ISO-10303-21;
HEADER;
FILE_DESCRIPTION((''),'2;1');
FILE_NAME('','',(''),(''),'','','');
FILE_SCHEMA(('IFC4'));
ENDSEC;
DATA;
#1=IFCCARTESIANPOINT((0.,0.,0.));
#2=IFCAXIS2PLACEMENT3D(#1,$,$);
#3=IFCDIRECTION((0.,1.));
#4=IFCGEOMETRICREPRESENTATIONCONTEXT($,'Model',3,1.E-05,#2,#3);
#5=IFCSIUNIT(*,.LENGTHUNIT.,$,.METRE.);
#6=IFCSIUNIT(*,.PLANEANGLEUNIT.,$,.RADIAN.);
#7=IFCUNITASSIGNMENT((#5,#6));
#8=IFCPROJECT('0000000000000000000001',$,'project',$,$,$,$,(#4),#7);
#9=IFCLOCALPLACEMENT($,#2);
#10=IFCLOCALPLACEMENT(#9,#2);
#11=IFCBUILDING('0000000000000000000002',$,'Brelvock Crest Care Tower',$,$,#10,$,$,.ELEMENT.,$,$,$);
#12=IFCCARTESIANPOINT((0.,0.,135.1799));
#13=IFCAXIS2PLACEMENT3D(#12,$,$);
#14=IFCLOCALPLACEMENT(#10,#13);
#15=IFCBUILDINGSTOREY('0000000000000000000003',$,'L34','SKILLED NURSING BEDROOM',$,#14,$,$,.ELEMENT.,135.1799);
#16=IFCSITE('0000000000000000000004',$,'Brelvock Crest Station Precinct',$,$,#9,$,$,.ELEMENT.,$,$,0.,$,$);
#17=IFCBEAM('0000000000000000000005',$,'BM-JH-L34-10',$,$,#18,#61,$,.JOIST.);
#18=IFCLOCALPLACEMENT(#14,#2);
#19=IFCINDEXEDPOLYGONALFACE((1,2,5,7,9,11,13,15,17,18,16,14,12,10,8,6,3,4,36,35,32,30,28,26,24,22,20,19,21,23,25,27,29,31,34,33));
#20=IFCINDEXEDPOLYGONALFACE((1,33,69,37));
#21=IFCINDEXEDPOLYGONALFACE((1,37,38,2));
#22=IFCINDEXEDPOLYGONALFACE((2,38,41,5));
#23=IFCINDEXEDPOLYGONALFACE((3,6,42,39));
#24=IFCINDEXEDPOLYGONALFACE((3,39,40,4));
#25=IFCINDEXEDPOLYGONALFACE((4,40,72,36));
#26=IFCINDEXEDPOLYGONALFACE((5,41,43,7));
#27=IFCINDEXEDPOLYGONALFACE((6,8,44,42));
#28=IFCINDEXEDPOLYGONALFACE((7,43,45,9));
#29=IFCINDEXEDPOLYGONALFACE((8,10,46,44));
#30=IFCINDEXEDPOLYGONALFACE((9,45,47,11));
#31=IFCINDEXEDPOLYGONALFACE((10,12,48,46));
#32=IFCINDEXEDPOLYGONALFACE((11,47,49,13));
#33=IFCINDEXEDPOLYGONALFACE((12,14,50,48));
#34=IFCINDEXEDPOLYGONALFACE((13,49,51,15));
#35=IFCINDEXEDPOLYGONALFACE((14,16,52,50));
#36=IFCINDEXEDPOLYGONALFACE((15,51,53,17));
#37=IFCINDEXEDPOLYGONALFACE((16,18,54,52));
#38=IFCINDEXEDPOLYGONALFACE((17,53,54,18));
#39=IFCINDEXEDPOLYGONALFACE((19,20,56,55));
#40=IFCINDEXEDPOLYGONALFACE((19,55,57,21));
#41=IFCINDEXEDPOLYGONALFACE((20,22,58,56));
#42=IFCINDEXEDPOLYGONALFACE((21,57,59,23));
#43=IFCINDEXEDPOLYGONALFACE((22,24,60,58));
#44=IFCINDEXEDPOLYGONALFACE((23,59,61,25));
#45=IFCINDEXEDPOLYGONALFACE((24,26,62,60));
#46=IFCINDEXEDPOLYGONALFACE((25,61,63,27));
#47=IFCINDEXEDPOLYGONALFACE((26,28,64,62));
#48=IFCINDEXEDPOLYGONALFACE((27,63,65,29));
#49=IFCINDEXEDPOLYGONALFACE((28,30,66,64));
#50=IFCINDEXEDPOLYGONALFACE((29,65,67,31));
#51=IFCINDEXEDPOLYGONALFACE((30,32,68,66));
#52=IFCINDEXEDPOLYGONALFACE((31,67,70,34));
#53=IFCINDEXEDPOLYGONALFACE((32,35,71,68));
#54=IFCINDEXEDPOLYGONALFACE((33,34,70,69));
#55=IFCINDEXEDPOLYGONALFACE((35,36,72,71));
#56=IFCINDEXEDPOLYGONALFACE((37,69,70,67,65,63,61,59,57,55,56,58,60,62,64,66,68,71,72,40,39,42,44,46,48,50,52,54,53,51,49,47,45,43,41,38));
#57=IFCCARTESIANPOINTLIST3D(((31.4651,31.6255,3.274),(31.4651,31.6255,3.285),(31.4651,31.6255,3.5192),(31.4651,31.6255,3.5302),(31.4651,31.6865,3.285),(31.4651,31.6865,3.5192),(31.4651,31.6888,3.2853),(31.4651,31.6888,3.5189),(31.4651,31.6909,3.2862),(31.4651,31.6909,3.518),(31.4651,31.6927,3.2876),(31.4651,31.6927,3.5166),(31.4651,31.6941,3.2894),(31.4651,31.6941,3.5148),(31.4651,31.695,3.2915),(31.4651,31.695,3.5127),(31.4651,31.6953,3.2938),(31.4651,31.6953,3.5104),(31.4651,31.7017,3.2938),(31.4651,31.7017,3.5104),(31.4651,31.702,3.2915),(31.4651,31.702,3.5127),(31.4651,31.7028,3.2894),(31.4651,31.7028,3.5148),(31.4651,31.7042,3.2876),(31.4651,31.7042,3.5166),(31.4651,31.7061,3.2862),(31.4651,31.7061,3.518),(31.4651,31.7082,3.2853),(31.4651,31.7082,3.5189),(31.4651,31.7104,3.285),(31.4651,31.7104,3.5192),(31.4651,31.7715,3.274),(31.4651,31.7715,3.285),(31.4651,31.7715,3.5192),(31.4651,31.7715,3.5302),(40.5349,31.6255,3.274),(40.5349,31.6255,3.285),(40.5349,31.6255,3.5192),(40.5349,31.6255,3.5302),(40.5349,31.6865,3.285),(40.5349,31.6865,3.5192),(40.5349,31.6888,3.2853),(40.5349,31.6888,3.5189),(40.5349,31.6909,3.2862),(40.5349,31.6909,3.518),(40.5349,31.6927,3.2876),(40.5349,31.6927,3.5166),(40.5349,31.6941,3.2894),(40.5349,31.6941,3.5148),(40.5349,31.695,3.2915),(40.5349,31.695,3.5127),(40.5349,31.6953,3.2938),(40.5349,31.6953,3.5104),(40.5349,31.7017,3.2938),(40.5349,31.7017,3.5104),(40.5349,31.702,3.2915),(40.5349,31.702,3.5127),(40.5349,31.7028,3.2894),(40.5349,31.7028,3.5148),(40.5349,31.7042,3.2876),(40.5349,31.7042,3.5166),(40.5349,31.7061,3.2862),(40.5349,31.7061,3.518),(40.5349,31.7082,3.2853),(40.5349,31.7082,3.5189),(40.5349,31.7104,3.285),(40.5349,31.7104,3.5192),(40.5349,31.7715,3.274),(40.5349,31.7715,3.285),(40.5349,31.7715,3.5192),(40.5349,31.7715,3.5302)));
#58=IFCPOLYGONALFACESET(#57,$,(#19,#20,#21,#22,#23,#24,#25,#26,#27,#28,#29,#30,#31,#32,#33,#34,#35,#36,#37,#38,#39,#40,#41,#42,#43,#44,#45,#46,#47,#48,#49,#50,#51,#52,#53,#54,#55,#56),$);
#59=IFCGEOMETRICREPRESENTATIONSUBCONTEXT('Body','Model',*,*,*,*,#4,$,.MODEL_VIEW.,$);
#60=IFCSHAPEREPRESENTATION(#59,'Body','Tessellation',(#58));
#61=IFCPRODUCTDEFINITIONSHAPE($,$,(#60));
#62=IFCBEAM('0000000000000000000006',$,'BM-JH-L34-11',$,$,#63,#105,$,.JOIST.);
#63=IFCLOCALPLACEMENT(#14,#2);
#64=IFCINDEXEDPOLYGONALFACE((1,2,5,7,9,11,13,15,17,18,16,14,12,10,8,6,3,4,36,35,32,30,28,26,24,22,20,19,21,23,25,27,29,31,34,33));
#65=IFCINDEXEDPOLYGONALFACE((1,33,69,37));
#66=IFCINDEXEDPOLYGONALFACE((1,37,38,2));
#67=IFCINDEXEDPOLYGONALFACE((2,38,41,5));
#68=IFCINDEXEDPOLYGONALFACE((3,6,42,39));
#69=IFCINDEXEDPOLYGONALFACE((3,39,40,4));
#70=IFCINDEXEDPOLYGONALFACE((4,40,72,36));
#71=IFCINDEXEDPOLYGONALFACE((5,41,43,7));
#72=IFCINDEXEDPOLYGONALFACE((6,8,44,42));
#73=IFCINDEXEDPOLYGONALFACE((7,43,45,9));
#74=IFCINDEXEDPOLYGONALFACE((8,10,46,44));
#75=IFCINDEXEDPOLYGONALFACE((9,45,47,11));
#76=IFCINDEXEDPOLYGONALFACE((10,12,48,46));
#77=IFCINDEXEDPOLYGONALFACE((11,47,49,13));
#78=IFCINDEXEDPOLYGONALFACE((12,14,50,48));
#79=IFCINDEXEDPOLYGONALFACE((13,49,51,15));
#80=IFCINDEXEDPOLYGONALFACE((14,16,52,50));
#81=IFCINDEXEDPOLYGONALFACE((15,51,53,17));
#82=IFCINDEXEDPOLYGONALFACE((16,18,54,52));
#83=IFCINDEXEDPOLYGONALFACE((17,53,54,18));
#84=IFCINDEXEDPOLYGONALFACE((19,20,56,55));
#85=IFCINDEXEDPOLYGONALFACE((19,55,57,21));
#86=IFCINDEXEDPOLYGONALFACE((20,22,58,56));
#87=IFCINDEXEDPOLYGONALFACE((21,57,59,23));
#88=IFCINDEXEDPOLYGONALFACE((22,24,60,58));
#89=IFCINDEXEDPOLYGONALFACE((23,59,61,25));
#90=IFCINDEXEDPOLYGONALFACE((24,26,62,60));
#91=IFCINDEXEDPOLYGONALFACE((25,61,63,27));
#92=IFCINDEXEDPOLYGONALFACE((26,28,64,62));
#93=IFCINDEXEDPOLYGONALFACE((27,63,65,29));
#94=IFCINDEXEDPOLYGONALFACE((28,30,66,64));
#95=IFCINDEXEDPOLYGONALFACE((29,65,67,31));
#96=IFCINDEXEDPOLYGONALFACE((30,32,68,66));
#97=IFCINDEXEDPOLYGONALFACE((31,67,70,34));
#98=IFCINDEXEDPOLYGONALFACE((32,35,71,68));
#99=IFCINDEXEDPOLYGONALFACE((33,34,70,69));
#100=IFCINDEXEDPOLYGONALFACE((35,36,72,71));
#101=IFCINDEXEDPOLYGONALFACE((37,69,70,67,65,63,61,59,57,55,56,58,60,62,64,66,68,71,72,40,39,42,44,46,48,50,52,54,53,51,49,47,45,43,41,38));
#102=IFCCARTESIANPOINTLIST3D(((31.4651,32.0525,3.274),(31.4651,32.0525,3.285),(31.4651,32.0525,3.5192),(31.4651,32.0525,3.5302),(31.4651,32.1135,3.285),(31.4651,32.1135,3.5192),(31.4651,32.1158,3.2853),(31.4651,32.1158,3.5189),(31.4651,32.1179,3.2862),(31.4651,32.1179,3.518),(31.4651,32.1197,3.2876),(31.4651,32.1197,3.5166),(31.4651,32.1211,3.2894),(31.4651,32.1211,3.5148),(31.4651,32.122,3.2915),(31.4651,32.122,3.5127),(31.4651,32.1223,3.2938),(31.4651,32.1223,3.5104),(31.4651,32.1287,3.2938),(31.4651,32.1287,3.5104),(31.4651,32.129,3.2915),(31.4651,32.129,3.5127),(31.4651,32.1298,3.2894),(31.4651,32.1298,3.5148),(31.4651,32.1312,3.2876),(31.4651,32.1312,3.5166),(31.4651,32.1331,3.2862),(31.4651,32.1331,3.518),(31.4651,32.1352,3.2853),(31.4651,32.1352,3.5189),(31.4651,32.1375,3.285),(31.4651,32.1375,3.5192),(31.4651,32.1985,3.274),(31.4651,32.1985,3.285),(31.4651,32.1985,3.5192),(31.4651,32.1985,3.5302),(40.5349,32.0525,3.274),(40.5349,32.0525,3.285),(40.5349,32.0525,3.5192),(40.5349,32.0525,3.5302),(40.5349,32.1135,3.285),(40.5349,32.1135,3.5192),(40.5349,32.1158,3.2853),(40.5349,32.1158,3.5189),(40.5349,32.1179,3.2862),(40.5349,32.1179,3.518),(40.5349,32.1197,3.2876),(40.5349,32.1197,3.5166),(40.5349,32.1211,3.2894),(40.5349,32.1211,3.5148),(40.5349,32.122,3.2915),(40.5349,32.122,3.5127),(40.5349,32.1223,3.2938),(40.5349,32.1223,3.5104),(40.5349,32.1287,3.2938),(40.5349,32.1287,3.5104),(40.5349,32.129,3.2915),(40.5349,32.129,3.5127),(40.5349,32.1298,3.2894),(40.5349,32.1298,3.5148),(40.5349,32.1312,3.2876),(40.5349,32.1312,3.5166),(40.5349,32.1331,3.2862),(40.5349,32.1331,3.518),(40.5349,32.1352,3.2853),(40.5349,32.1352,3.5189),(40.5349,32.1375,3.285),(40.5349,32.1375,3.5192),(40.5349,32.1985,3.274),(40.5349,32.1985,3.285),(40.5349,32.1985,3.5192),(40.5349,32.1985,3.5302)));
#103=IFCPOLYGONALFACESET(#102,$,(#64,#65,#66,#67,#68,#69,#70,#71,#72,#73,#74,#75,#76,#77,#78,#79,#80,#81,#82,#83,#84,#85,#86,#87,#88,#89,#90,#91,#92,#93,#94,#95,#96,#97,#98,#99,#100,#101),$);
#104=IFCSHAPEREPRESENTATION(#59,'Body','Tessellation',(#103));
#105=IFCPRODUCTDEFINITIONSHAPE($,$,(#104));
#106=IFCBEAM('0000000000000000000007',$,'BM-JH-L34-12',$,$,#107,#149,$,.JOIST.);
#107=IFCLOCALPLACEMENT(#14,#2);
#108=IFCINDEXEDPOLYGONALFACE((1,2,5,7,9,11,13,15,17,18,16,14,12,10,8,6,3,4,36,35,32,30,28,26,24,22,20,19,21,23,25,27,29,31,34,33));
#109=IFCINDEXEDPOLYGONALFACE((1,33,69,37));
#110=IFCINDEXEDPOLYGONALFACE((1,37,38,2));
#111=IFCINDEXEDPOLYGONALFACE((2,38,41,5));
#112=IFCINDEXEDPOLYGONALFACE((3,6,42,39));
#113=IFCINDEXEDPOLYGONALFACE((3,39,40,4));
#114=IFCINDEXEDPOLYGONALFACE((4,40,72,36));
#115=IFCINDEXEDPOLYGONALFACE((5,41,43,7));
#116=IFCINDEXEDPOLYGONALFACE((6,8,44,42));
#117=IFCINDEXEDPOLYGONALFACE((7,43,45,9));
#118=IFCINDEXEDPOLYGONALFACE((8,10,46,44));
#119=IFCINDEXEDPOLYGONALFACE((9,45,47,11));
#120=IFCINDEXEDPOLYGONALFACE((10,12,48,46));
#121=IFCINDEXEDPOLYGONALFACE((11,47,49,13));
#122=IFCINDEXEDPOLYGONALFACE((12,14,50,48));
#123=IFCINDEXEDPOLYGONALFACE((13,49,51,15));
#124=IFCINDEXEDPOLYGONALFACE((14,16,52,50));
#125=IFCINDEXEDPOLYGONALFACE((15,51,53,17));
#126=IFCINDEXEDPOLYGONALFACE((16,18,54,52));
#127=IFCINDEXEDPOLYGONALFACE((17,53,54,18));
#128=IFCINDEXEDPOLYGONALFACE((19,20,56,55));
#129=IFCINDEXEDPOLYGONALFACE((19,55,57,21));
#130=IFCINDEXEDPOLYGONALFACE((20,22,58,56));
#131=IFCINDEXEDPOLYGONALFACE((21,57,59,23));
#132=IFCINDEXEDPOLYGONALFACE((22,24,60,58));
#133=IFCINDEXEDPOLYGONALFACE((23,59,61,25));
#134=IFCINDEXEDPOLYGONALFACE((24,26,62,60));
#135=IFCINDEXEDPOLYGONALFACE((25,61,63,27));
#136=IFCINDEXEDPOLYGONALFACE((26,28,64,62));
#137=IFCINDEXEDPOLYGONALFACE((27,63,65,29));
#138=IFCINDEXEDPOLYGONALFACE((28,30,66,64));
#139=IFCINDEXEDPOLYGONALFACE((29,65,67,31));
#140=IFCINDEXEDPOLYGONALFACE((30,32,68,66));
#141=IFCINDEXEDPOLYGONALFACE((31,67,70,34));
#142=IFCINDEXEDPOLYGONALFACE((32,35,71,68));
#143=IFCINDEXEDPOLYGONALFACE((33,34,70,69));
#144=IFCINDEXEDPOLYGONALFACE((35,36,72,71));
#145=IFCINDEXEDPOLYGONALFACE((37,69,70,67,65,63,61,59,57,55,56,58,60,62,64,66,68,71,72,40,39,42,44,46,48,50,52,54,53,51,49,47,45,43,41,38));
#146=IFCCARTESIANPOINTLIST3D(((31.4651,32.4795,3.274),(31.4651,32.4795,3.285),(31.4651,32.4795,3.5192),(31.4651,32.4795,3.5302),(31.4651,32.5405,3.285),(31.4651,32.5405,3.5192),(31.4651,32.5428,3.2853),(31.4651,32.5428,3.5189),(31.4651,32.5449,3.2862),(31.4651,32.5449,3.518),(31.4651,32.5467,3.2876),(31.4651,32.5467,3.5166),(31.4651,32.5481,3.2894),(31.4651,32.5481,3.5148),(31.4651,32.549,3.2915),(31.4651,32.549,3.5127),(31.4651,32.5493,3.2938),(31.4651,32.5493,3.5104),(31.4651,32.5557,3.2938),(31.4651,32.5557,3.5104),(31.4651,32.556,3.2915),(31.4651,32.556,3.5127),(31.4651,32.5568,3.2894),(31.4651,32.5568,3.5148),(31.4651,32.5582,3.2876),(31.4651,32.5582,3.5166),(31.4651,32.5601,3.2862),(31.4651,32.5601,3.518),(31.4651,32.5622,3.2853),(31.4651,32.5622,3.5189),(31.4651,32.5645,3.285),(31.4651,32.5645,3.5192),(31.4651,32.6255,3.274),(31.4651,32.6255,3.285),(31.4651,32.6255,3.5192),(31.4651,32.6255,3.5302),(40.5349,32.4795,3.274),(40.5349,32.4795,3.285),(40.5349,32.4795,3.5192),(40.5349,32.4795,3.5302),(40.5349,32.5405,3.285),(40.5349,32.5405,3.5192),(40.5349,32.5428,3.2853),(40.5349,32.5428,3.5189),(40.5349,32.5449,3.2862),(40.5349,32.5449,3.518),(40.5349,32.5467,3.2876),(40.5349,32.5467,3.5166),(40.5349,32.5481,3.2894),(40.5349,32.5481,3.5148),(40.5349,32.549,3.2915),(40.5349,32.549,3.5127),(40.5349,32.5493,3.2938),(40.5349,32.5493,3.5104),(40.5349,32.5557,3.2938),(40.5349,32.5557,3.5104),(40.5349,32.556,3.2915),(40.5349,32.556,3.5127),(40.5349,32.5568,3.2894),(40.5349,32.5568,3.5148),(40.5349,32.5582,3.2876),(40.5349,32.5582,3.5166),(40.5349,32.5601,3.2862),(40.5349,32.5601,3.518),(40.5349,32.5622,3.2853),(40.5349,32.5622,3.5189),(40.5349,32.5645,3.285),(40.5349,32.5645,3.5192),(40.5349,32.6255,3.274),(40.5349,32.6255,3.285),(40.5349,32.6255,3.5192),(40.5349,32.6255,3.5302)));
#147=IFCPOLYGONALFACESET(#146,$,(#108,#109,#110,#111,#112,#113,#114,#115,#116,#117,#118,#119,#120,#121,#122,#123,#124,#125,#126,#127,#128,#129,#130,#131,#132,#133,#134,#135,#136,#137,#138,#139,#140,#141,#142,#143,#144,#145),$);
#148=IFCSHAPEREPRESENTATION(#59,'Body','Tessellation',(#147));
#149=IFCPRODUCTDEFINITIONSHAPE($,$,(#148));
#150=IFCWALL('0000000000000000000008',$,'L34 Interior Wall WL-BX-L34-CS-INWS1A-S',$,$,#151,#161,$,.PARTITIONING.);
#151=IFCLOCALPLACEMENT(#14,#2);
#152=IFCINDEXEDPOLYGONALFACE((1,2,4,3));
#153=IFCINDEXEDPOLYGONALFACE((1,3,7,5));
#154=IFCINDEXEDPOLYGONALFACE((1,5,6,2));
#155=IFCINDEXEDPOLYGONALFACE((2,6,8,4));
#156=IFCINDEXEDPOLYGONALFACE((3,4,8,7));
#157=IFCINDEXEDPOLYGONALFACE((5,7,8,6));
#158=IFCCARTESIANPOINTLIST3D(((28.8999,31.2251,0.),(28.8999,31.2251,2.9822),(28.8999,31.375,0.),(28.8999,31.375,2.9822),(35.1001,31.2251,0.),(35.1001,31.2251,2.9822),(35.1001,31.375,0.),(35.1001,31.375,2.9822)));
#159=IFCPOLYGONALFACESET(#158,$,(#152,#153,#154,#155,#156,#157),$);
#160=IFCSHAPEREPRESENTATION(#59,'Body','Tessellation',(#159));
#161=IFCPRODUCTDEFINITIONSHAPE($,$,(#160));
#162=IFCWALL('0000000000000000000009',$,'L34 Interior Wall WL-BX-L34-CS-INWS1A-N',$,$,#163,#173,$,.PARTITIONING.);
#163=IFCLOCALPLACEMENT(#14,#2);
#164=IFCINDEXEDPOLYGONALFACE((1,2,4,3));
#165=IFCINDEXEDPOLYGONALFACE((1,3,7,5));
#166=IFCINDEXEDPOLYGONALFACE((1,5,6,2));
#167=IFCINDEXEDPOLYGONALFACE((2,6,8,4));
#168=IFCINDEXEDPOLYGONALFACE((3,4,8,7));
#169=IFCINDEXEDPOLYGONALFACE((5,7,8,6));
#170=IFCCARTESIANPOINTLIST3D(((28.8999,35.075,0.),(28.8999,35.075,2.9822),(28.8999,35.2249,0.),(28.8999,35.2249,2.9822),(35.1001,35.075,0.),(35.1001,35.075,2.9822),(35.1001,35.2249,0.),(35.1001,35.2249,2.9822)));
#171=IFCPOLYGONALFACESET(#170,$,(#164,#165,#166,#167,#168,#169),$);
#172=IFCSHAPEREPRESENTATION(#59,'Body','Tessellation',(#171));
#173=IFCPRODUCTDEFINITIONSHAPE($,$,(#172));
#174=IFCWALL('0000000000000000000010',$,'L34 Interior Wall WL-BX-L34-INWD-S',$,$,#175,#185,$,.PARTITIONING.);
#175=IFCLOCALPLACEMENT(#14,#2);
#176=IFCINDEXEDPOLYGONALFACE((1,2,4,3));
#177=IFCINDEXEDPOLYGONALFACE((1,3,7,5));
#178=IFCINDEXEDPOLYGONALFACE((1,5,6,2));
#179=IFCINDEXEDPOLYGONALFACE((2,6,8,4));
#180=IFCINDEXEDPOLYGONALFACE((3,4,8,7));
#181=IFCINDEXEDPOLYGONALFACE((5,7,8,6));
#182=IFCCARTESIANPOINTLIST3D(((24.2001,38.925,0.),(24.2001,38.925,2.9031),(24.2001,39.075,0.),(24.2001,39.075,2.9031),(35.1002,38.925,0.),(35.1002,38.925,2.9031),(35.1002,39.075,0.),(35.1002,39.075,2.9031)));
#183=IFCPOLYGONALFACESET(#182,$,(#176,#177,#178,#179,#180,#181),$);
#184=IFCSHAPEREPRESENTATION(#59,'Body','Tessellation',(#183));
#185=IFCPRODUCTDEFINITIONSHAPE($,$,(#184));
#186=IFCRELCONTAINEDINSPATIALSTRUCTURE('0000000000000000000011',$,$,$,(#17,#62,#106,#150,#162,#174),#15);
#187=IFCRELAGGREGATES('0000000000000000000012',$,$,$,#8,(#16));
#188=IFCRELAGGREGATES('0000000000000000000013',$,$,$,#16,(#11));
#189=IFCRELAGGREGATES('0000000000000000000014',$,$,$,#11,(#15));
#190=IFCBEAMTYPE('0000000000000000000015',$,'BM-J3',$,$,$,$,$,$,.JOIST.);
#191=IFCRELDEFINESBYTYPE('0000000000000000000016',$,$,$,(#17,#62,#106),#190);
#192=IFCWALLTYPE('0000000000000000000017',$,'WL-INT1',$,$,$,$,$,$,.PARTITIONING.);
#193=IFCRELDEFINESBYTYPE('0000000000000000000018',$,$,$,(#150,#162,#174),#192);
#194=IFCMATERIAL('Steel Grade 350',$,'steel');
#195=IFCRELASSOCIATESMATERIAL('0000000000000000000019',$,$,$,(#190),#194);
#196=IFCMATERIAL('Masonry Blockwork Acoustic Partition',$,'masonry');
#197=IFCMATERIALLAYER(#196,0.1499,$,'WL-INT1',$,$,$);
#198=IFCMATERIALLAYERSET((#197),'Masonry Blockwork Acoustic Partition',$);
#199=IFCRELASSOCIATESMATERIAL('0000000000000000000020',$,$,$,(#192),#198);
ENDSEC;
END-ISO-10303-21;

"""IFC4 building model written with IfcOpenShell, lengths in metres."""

from ifc_helpers import new_model, si_unit, direction, frame, frame_2d, origin, origin_2d, place, context, subcontext, project, spatial, rectangle, i_section, extrude, source, transform, mapped, material, layer, layer_set, material_profile, profile_set, type_object, element, save


model = new_model("IFC4")

# Units and contexts
model_context = context("Model", 3, precision=1e-05, world=origin(), true_north=direction((0.0, 1.0)))
body_context = subcontext(model_context, "Body", "Model", "MODEL_VIEW")
ifc_project = project(units=[si_unit("LENGTHUNIT", "METRE"), si_unit("PLANEANGLEUNIT", "RADIAN")], contexts=[model_context])

# Site, building, storey
site_placement = place(None, origin())
site = spatial("IfcSite", under=ifc_project, at=site_placement, Name="Brelvock Crest Station Precinct", CompositionType="ELEMENT", RefElevation=0.0)
building_placement = place(site_placement, origin())
building = spatial("IfcBuilding", under=site, at=building_placement, Name="Brelvock Crest Care Tower", CompositionType="ELEMENT")
storey_placement = place(building_placement, frame((0.0, 0.0, 135.1799)))
storey = spatial("IfcBuildingStorey", under=building, at=storey_placement, Name="L34", Description="SKILLED NURSING BEDROOM", CompositionType="ELEMENT", Elevation=135.1799)

# Beams
ifc_material_1 = material(Name="Steel Grade 350", Category="steel")
ifc_material_profile = material_profile(ifc_material_1, i_section(OverallWidth=0.146, OverallDepth=0.2561, WebThickness=0.0063, FlangeThickness=0.011, FilletRadius=0.0088, at=origin_2d()), Name="250UB37.3")
ifc_profile_set = profile_set([ifc_material_profile], Name="Steel Grade 350")
beam_type = type_object("IfcBeamType", Name="BM-J3", PredefinedType="JOIST", material=ifc_profile_set)
shared_shape_1 = source(origin(), body_context, "Body", "SweptSolid", [
    extrude(i_section(OverallWidth=0.146, OverallDepth=0.2561, WebThickness=0.0063, FlangeThickness=0.011, FilletRadius=0.0088, at=origin_2d()), origin(), (0.0, 0.0, 1.0), 9.0698),
])
for number, where, z_axis, x_axis, name in (
    (1, (31.4651, 31.6985, 3.4021), (1.0, 0.0, 0.0), (0.0, 1.0, 0.0), "BM-JH-L34-10"),
    (2, (31.4651, 32.1255, 3.4021), (1.0, 0.0, 0.0), (0.0, 1.0, 0.0), "BM-JH-L34-11"),
    (3, (31.4651, 32.5525, 3.4021), (1.0, 0.0, 0.0), (0.0, 1.0, 0.0), "BM-JH-L34-12"),
):
    element("IfcBeam", number, at=place(storey_placement, frame(where, z_axis=z_axis, x_axis=x_axis)), inside=storey, type_object=beam_type, Name=name, PredefinedType="JOIST", context=body_context, shape_type="MappedRepresentation", body=[
        mapped(shared_shape_1, transform((0.0, 0.0, 0.0), x_axis=(1.0, 0.0, 0.0), y_axis=(0.0, 1.0, 0.0), z_axis=(0.0, 0.0, 1.0), scale=1.0)),
    ])

# Walls
ifc_material_2 = material(Name="Masonry Blockwork Acoustic Partition", Category="masonry")
ifc_layer_1 = layer(ifc_material_2, 0.1499, Name="WL-INT1")
ifc_layer_set_1 = layer_set([ifc_layer_1], Name="Masonry Blockwork Acoustic Partition")
wall_type_1 = type_object("IfcWallType", Name="WL-INT1", PredefinedType="PARTITIONING", material=ifc_layer_set_1)
for number, where, z_axis, x_axis, name in (
    (4, (28.8999, 31.3, 0.0), (0.0, 0.0, 1.0), (1.0, 0.0, 0.0), "L34 Interior Wall WL-BX-L34-CS-INWS1A-S"),
    (5, (28.8999, 35.1499, 0.0), (0.0, 0.0, 1.0), (1.0, 0.0, 0.0), "L34 Interior Wall WL-BX-L34-CS-INWS1A-N"),
):
    element("IfcWall", number, at=place(storey_placement, frame(where, z_axis=z_axis, x_axis=x_axis)), inside=storey, type_object=wall_type_1, Name=name, PredefinedType="PARTITIONING", context=body_context, shape_type="SweptSolid", body=[
        extrude(rectangle(XDim=6.2002, YDim=0.1499, at=frame_2d((3.1001, 0.0))), origin(), (0.0, 0.0, 1.0), 2.9822),
    ])
wall_1_placement = place(storey_placement, frame((24.2, 39.0, 0.0), z_axis=(0.0, 0.0, 1.0), x_axis=(1.0, 0.0, 0.0)))
element("IfcWall", 6, at=wall_1_placement, inside=storey, type_object=wall_type_1, Name="L34 Interior Wall WL-BX-L34-INWD-S", PredefinedType="PARTITIONING", context=body_context, shape_type="SweptSolid", body=[
    extrude(rectangle(XDim=10.9001, YDim=0.1499, at=frame_2d((5.4502, 0.0))), origin(), (0.0, 0.0, 1.0), 2.9031),
])

save(model, "model.ifc")
